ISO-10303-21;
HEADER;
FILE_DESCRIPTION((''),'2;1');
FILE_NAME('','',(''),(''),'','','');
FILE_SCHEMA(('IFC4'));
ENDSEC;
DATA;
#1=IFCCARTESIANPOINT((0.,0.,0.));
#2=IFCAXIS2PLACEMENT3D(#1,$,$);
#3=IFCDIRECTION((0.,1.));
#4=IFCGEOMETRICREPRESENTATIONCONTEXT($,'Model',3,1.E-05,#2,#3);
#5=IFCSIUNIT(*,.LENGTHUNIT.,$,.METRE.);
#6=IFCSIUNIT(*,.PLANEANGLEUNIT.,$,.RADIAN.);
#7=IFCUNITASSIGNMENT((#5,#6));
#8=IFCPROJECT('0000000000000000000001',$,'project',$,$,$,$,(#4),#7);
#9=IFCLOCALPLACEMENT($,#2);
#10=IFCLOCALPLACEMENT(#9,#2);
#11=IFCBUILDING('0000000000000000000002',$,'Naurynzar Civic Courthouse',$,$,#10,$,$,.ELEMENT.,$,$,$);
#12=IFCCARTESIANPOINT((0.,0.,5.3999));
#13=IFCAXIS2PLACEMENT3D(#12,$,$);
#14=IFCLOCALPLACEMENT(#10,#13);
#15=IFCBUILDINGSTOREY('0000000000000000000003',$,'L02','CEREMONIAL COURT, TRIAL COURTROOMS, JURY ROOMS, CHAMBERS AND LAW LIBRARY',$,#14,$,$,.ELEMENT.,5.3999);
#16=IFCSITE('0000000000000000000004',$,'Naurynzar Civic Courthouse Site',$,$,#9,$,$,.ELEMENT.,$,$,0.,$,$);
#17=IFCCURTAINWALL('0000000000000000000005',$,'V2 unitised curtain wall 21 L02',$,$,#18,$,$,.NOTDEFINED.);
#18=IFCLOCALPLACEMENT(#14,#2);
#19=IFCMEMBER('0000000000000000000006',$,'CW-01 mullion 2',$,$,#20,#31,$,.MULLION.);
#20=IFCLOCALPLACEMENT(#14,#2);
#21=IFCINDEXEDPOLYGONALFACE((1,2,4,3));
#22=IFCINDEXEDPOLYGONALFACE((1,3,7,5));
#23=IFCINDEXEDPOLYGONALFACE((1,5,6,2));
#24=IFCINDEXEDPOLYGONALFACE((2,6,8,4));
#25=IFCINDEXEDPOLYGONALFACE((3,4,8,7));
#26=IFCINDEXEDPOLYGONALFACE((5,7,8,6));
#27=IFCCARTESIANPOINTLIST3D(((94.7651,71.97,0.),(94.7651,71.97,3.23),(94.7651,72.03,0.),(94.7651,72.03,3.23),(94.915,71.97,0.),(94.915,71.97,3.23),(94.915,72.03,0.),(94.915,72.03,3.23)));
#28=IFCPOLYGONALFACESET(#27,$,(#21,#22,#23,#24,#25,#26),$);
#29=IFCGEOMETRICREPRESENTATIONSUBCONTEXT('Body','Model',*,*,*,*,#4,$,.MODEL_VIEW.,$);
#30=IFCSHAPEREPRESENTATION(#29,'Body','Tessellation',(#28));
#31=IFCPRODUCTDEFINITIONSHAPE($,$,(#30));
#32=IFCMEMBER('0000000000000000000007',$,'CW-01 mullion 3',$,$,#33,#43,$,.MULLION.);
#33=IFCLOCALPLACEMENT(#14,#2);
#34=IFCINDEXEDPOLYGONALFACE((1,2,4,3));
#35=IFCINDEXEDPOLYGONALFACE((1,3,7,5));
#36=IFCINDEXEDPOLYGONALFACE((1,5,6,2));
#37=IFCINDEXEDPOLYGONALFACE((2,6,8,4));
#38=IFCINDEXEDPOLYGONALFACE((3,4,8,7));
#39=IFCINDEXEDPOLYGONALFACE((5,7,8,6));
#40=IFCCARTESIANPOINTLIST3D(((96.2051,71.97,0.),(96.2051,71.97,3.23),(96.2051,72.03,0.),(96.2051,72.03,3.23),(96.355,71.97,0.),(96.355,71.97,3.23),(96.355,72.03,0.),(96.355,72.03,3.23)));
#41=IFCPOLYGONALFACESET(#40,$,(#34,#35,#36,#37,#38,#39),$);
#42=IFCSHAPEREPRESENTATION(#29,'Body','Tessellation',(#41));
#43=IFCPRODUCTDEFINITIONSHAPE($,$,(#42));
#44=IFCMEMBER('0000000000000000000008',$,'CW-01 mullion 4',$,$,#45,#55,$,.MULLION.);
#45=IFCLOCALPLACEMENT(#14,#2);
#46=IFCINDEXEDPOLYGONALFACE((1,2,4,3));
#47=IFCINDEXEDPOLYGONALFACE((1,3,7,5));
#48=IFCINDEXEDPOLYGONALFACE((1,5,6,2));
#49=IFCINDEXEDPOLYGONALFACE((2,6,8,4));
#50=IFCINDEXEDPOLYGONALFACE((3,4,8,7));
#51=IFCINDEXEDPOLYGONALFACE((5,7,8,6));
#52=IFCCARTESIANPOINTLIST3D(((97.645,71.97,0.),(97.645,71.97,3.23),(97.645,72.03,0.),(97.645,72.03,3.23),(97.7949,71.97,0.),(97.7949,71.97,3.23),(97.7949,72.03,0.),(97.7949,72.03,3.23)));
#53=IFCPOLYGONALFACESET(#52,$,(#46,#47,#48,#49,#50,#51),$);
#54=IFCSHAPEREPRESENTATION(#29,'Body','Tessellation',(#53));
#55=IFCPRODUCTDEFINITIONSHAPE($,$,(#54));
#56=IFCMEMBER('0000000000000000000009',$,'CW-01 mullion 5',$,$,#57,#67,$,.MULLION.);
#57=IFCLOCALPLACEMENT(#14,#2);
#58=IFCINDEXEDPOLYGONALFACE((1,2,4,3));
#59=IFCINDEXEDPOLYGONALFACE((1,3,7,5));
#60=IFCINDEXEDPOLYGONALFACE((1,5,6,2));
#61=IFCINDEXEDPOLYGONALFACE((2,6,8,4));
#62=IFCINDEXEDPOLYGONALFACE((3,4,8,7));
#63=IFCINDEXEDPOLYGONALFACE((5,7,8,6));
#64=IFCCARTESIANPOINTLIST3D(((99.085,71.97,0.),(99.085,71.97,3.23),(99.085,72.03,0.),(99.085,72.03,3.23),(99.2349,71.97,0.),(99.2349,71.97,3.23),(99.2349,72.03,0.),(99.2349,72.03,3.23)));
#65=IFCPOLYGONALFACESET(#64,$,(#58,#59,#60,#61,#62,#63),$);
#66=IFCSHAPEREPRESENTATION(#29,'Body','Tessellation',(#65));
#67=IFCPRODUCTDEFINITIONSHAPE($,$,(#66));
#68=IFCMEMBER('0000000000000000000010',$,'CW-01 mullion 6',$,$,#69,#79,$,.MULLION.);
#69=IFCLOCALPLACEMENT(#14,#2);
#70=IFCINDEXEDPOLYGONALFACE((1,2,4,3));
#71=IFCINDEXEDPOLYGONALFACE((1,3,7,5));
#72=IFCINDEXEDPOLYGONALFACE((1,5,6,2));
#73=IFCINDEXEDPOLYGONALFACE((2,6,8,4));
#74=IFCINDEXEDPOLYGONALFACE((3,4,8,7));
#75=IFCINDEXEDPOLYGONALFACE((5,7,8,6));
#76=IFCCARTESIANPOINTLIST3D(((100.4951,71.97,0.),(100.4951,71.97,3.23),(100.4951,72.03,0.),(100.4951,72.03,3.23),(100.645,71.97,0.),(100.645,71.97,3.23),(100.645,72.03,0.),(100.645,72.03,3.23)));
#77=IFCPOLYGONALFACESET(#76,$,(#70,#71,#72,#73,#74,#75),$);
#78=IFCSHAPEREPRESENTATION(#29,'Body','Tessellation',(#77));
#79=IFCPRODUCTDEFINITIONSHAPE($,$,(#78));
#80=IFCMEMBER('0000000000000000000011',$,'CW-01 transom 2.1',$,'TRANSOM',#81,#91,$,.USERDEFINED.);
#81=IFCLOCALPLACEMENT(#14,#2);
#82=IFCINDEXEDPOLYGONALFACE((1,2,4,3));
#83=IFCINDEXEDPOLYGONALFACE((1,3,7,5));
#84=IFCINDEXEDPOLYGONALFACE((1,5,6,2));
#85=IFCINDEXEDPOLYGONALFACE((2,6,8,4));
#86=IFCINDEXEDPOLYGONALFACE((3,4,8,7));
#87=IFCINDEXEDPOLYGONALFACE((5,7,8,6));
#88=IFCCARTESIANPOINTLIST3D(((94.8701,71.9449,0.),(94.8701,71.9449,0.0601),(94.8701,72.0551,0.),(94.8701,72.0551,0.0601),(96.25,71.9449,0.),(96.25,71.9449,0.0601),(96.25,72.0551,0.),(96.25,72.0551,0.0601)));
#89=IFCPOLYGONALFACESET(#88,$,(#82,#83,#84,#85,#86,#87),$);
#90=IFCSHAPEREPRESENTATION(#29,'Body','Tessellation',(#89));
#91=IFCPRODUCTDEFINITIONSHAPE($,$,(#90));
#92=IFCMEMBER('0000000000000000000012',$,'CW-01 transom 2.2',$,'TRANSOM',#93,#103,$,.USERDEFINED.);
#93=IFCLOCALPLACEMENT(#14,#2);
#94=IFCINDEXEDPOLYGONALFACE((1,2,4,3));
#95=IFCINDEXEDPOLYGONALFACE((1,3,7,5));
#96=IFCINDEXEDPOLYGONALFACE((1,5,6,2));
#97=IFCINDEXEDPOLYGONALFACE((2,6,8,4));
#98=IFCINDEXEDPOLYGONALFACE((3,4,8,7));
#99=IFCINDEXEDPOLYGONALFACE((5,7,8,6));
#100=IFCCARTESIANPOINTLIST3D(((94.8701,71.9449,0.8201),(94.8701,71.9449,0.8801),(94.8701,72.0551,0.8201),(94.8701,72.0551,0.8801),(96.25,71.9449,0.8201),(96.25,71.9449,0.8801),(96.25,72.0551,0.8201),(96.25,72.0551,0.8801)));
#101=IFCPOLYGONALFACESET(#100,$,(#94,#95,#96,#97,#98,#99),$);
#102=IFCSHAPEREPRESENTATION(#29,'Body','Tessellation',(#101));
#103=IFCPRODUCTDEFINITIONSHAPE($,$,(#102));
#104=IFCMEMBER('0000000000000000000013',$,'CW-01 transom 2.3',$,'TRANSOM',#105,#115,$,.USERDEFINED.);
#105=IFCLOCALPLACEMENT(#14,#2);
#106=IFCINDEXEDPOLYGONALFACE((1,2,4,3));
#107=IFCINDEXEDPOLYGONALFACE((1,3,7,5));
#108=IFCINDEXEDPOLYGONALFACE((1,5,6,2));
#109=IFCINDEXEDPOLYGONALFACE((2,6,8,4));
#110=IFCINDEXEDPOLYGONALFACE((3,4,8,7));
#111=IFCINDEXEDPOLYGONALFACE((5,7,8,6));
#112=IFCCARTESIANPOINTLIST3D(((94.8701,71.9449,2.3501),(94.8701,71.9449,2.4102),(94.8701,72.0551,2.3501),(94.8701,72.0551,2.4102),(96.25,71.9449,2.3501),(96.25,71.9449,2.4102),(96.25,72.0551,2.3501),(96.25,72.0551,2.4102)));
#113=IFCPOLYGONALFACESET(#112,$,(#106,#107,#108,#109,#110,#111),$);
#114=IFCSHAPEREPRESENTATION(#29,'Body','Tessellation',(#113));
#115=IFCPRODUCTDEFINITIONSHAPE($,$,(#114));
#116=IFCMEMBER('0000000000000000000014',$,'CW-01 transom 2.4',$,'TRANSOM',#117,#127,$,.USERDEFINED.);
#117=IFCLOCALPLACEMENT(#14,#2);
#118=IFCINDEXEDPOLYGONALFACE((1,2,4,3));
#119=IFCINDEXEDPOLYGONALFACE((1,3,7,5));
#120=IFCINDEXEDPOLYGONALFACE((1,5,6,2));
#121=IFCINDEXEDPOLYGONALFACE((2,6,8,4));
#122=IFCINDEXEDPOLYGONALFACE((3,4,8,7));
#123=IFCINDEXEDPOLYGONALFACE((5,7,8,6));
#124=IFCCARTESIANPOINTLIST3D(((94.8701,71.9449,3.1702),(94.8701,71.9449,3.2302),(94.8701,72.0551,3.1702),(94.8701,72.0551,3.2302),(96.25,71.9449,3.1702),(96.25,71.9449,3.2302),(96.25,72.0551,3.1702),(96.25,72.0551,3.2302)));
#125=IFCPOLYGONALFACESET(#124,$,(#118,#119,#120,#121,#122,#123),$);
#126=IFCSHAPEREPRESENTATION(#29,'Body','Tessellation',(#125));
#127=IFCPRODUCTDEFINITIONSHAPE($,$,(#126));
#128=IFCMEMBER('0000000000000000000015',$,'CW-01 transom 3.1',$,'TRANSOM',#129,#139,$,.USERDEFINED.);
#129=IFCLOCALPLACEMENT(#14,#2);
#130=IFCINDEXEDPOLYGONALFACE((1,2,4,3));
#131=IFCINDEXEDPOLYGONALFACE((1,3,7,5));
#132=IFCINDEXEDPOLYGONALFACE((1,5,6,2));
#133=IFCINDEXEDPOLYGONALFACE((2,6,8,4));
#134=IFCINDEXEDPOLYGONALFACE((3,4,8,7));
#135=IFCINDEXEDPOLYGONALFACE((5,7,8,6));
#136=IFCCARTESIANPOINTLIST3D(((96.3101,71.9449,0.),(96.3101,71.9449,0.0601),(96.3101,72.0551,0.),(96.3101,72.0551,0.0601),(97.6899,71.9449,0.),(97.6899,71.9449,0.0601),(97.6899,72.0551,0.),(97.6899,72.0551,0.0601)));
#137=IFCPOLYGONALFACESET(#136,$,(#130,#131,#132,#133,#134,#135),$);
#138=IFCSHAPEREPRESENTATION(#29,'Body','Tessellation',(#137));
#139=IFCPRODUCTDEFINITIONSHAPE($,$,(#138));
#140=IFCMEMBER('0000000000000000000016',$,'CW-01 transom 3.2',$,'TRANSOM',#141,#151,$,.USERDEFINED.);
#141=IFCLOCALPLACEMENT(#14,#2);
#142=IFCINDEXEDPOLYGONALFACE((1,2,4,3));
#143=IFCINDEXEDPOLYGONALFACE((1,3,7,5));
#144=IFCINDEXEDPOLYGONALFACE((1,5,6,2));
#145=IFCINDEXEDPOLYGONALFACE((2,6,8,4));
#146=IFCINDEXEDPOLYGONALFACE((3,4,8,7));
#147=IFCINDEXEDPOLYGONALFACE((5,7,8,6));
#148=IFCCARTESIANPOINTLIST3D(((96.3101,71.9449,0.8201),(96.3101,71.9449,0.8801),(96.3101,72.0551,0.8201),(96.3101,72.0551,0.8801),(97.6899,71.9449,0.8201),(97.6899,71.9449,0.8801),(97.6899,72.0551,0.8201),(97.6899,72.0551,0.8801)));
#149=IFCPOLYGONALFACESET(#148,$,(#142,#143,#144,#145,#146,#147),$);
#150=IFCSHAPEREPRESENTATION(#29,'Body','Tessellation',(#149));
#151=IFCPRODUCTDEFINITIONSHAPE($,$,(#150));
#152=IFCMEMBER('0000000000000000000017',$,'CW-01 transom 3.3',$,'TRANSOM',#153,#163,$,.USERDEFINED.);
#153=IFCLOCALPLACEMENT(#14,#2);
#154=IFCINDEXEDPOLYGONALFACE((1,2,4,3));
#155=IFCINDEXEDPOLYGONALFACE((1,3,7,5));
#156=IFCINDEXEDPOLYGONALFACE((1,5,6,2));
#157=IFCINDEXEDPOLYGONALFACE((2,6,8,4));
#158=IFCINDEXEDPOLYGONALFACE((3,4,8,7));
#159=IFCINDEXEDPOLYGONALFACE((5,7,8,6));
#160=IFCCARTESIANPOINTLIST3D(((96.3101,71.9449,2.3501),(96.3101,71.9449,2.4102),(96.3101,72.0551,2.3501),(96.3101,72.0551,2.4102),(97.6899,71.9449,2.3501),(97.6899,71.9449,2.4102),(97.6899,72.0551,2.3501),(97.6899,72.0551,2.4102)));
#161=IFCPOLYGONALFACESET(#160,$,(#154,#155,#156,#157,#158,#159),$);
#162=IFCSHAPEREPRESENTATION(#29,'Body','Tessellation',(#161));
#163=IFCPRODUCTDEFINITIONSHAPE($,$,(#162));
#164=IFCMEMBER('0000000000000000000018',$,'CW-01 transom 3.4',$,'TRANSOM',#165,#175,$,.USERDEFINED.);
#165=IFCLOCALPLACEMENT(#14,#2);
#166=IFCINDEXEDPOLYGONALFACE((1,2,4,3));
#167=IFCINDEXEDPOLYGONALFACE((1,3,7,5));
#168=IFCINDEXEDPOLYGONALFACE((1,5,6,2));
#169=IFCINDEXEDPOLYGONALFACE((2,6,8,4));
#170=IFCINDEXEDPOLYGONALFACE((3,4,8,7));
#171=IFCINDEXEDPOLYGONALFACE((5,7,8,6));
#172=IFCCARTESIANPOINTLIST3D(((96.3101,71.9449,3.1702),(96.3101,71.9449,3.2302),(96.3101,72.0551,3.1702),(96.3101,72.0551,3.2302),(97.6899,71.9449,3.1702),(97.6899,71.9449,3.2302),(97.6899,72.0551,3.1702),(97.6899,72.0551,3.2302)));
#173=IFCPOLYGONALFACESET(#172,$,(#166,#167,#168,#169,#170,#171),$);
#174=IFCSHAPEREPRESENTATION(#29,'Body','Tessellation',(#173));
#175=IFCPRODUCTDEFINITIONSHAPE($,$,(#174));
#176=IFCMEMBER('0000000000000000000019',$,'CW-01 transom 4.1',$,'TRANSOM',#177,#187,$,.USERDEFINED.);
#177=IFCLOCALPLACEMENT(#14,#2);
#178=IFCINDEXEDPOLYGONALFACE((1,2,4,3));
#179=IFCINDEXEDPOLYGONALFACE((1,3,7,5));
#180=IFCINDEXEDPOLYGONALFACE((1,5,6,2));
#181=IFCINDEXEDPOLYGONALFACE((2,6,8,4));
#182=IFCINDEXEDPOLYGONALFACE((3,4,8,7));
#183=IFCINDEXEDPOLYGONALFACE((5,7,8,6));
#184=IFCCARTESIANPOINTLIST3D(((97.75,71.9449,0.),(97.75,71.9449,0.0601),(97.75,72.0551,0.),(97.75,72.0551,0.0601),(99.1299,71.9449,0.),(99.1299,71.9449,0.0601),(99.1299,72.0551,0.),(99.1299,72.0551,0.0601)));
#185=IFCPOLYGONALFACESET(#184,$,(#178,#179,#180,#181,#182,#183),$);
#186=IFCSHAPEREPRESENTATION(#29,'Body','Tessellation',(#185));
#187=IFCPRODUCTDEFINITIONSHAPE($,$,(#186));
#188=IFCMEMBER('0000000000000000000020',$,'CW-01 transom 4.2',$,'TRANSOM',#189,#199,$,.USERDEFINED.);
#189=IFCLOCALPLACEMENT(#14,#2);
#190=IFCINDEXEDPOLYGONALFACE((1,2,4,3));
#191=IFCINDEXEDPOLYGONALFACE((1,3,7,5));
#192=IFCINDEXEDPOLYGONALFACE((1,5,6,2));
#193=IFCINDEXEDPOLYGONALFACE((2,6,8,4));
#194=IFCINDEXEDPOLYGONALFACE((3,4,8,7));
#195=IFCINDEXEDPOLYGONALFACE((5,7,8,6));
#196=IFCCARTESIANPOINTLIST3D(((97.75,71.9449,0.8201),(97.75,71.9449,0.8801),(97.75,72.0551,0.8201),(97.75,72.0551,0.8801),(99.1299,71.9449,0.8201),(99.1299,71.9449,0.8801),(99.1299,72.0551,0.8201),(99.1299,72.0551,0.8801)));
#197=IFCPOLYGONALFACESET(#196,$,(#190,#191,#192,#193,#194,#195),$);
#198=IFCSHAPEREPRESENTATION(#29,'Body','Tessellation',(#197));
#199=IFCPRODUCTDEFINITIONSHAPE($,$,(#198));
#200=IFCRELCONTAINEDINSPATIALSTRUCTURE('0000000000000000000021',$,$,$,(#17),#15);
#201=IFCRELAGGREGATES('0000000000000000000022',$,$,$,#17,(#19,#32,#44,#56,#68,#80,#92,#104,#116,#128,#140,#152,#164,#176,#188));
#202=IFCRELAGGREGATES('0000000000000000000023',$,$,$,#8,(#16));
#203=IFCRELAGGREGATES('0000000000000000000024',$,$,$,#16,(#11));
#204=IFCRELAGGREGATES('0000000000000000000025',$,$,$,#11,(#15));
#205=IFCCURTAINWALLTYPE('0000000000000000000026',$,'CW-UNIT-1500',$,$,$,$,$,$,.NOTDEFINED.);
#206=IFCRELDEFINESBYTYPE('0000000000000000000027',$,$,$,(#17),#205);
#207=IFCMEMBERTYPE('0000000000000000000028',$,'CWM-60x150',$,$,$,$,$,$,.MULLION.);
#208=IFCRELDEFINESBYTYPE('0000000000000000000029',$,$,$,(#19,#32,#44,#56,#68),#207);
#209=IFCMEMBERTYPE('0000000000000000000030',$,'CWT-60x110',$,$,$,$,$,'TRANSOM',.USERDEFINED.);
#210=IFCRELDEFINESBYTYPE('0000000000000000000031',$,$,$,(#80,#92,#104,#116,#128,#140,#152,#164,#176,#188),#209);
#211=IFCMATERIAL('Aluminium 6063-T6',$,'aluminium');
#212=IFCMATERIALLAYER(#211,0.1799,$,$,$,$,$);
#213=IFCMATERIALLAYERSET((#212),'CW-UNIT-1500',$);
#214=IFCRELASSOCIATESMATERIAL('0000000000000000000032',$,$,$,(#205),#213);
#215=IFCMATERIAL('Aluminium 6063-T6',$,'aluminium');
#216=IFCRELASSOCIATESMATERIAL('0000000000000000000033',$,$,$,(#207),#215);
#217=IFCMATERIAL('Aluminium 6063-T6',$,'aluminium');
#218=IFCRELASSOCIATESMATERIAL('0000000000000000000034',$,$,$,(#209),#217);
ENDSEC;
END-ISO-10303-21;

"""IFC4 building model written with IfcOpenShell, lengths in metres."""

from ifc_helpers import new_model, si_unit, direction, frame, origin, origin_2d, place, context, subcontext, project, spatial, rectangle, extrude, material, layer, layer_set, material_profile, profile_set, type_object, element, aggregate, save


model = new_model("IFC4")

# Units and contexts
model_context = context("Model", 3, precision=1e-05, world=origin(), true_north=direction((0.0, 1.0)))
body_context = subcontext(model_context, "Body", "Model", "MODEL_VIEW")
ifc_project = project(units=[si_unit("LENGTHUNIT", "METRE"), si_unit("PLANEANGLEUNIT", "RADIAN")], contexts=[model_context])

# Site, building, storey
site_placement = place(None, origin())
site = spatial("IfcSite", under=ifc_project, at=site_placement, Name="Naurynzar Civic Courthouse Site", CompositionType="ELEMENT", RefElevation=0.0)
building_placement = place(site_placement, origin())
building = spatial("IfcBuilding", under=site, at=building_placement, Name="Naurynzar Civic Courthouse", CompositionType="ELEMENT")
storey_placement = place(building_placement, frame((0.0, 0.0, 5.3999)))
storey = spatial("IfcBuildingStorey", under=building, at=storey_placement, Name="L02", Description="CEREMONIAL COURT, TRIAL COURTROOMS, JURY ROOMS, CHAMBERS AND LAW LIBRARY", CompositionType="ELEMENT", Elevation=5.3999)

# Curtain wall, members
ifc_material_1 = material(Name="Aluminium 6063-T6", Category="aluminium")
ifc_layer_1 = layer(ifc_material_1, 0.1799)
ifc_layer_set_1 = layer_set([ifc_layer_1], Name="CW-UNIT-1500")
curtain_wall_type = type_object("IfcCurtainWallType", Name="CW-UNIT-1500", PredefinedType="NOTDEFINED", material=ifc_layer_set_1)
curtain_wall_placement = place(storey_placement, origin())
curtain_wall = element("IfcCurtainWall", 1, at=curtain_wall_placement, inside=storey, type_object=curtain_wall_type, Name="V2 unitised curtain wall 21 L02", PredefinedType="NOTDEFINED")
ifc_material_2 = material(Name="Aluminium 6063-T6", Category="aluminium")
ifc_material_profile_1 = material_profile(ifc_material_2, rectangle(XDim=0.0601, YDim=0.1499, at=origin_2d()), Name="ALU MULLION 60x150")
ifc_profile_set_1 = profile_set([ifc_material_profile_1], Name="Aluminium 6063-T6")
member_type_1 = type_object("IfcMemberType", Name="CWM-60x150", PredefinedType="MULLION", material=ifc_profile_set_1)
member_1_placement = place(storey_placement, frame((94.8401, 72.0, 0.0), z_axis=(0.0, 0.0, 1.0), x_axis=(0.0, 1.0, 0.0)))
member_1 = element("IfcMember", 2, at=member_1_placement, type_object=member_type_1, Name="CW-01 mullion 2", PredefinedType="MULLION", context=body_context, shape_type="SweptSolid", body=[
    extrude(rectangle(XDim=0.0601, YDim=0.1499, at=origin_2d()), origin(), (0.0, 0.0, 1.0), 3.23),
])
member_2_placement = place(storey_placement, frame((96.28, 72.0, 0.0), z_axis=(0.0, 0.0, 1.0), x_axis=(0.0, 1.0, 0.0)))
member_2 = element("IfcMember", 3, at=member_2_placement, type_object=member_type_1, Name="CW-01 mullion 3", PredefinedType="MULLION", context=body_context, shape_type="SweptSolid", body=[
    extrude(rectangle(XDim=0.0601, YDim=0.1499, at=origin_2d()), origin(), (0.0, 0.0, 1.0), 3.23),
])
member_3_placement = place(storey_placement, frame((97.72, 72.0, 0.0), z_axis=(0.0, 0.0, 1.0), x_axis=(0.0, 1.0, 0.0)))
member_3 = element("IfcMember", 4, at=member_3_placement, type_object=member_type_1, Name="CW-01 mullion 4", PredefinedType="MULLION", context=body_context, shape_type="SweptSolid", body=[
    extrude(rectangle(XDim=0.0601, YDim=0.1499, at=origin_2d()), origin(), (0.0, 0.0, 1.0), 3.23),
])
member_4_placement = place(storey_placement, frame((99.1599, 72.0, 0.0), z_axis=(0.0, 0.0, 1.0), x_axis=(0.0, 1.0, 0.0)))
member_4 = element("IfcMember", 5, at=member_4_placement, type_object=member_type_1, Name="CW-01 mullion 5", PredefinedType="MULLION", context=body_context, shape_type="SweptSolid", body=[
    extrude(rectangle(XDim=0.0601, YDim=0.1499, at=origin_2d()), origin(), (0.0, 0.0, 1.0), 3.23),
])
member_5_placement = place(storey_placement, frame((100.5701, 72.0, 0.0), z_axis=(0.0, 0.0, 1.0), x_axis=(0.0, 1.0, 0.0)))
member_5 = element("IfcMember", 6, at=member_5_placement, type_object=member_type_1, Name="CW-01 mullion 6", PredefinedType="MULLION", context=body_context, shape_type="SweptSolid", body=[
    extrude(rectangle(XDim=0.0601, YDim=0.1499, at=origin_2d()), origin(), (0.0, 0.0, 1.0), 3.23),
])
ifc_material_3 = material(Name="Aluminium 6063-T6", Category="aluminium")
ifc_material_profile_2 = material_profile(ifc_material_3, rectangle(XDim=0.1101, YDim=0.0601, at=origin_2d()), Name="ALU TRANSOM 60x110")
ifc_profile_set_2 = profile_set([ifc_material_profile_2], Name="Aluminium 6063-T6")
member_type_2 = type_object("IfcMemberType", Name="CWT-60x110", ElementType="TRANSOM", PredefinedType="USERDEFINED", material=ifc_profile_set_2)
member_6_placement = place(storey_placement, frame((94.8701, 72.0, 0.03), z_axis=(1.0, 0.0, 0.0), x_axis=(0.0, 1.0, 0.0)))
member_6 = element("IfcMember", 7, at=member_6_placement, type_object=member_type_2, Name="CW-01 transom 2.1", ObjectType="TRANSOM", PredefinedType="USERDEFINED", context=body_context, shape_type="SweptSolid", body=[
    extrude(rectangle(XDim=0.1101, YDim=0.0601, at=origin_2d()), origin(), (0.0, 0.0, 1.0), 1.3799),
])
member_7_placement = place(storey_placement, frame((94.8701, 72.0, 0.8501), z_axis=(1.0, 0.0, 0.0), x_axis=(0.0, 1.0, 0.0)))
member_7 = element("IfcMember", 8, at=member_7_placement, type_object=member_type_2, Name="CW-01 transom 2.2", ObjectType="TRANSOM", PredefinedType="USERDEFINED", context=body_context, shape_type="SweptSolid", body=[
    extrude(rectangle(XDim=0.1101, YDim=0.0601, at=origin_2d()), origin(), (0.0, 0.0, 1.0), 1.3799),
])
member_8_placement = place(storey_placement, frame((94.8701, 72.0, 2.3801), z_axis=(1.0, 0.0, 0.0), x_axis=(0.0, 1.0, 0.0)))
member_8 = element("IfcMember", 9, at=member_8_placement, type_object=member_type_2, Name="CW-01 transom 2.3", ObjectType="TRANSOM", PredefinedType="USERDEFINED", context=body_context, shape_type="SweptSolid", body=[
    extrude(rectangle(XDim=0.1101, YDim=0.0601, at=origin_2d()), origin(), (0.0, 0.0, 1.0), 1.3799),
])
member_9_placement = place(storey_placement, frame((94.8701, 72.0, 3.2002), z_axis=(1.0, 0.0, 0.0), x_axis=(0.0, 1.0, 0.0)))
member_9 = element("IfcMember", 10, at=member_9_placement, type_object=member_type_2, Name="CW-01 transom 2.4", ObjectType="TRANSOM", PredefinedType="USERDEFINED", context=body_context, shape_type="SweptSolid", body=[
    extrude(rectangle(XDim=0.1101, YDim=0.0601, at=origin_2d()), origin(), (0.0, 0.0, 1.0), 1.3799),
])
member_10_placement = place(storey_placement, frame((96.3101, 72.0, 0.03), z_axis=(1.0, 0.0, 0.0), x_axis=(0.0, 1.0, 0.0)))
member_10 = element("IfcMember", 11, at=member_10_placement, type_object=member_type_2, Name="CW-01 transom 3.1", ObjectType="TRANSOM", PredefinedType="USERDEFINED", context=body_context, shape_type="SweptSolid", body=[
    extrude(rectangle(XDim=0.1101, YDim=0.0601, at=origin_2d()), origin(), (0.0, 0.0, 1.0), 1.3799),
])
member_11_placement = place(storey_placement, frame((96.3101, 72.0, 0.8501), z_axis=(1.0, 0.0, 0.0), x_axis=(0.0, 1.0, 0.0)))
member_11 = element("IfcMember", 12, at=member_11_placement, type_object=member_type_2, Name="CW-01 transom 3.2", ObjectType="TRANSOM", PredefinedType="USERDEFINED", context=body_context, shape_type="SweptSolid", body=[
    extrude(rectangle(XDim=0.1101, YDim=0.0601, at=origin_2d()), origin(), (0.0, 0.0, 1.0), 1.3799),
])
member_12_placement = place(storey_placement, frame((96.3101, 72.0, 2.3801), z_axis=(1.0, 0.0, 0.0), x_axis=(0.0, 1.0, 0.0)))
member_12 = element("IfcMember", 13, at=member_12_placement, type_object=member_type_2, Name="CW-01 transom 3.3", ObjectType="TRANSOM", PredefinedType="USERDEFINED", context=body_context, shape_type="SweptSolid", body=[
    extrude(rectangle(XDim=0.1101, YDim=0.0601, at=origin_2d()), origin(), (0.0, 0.0, 1.0), 1.3799),
])
member_13_placement = place(storey_placement, frame((96.3101, 72.0, 3.2002), z_axis=(1.0, 0.0, 0.0), x_axis=(0.0, 1.0, 0.0)))
member_13 = element("IfcMember", 14, at=member_13_placement, type_object=member_type_2, Name="CW-01 transom 3.4", ObjectType="TRANSOM", PredefinedType="USERDEFINED", context=body_context, shape_type="SweptSolid", body=[
    extrude(rectangle(XDim=0.1101, YDim=0.0601, at=origin_2d()), origin(), (0.0, 0.0, 1.0), 1.3799),
])
member_14_placement = place(storey_placement, frame((97.75, 72.0, 0.03), z_axis=(1.0, 0.0, 0.0), x_axis=(0.0, 1.0, 0.0)))
member_14 = element("IfcMember", 15, at=member_14_placement, type_object=member_type_2, Name="CW-01 transom 4.1", ObjectType="TRANSOM", PredefinedType="USERDEFINED", context=body_context, shape_type="SweptSolid", body=[
    extrude(rectangle(XDim=0.1101, YDim=0.0601, at=origin_2d()), origin(), (0.0, 0.0, 1.0), 1.3799),
])
member_15_placement = place(storey_placement, frame((97.75, 72.0, 0.8501), z_axis=(1.0, 0.0, 0.0), x_axis=(0.0, 1.0, 0.0)))
member_15 = element("IfcMember", 16, at=member_15_placement, type_object=member_type_2, Name="CW-01 transom 4.2", ObjectType="TRANSOM", PredefinedType="USERDEFINED", context=body_context, shape_type="SweptSolid", body=[
    extrude(rectangle(XDim=0.1101, YDim=0.0601, at=origin_2d()), origin(), (0.0, 0.0, 1.0), 1.3799),
])
aggregate(curtain_wall, [member_1, member_2, member_3, member_4, member_5, member_6, member_7, member_8, member_9, member_10, member_11, member_12, member_13, member_14, member_15])

save(model, "model.ifc")
